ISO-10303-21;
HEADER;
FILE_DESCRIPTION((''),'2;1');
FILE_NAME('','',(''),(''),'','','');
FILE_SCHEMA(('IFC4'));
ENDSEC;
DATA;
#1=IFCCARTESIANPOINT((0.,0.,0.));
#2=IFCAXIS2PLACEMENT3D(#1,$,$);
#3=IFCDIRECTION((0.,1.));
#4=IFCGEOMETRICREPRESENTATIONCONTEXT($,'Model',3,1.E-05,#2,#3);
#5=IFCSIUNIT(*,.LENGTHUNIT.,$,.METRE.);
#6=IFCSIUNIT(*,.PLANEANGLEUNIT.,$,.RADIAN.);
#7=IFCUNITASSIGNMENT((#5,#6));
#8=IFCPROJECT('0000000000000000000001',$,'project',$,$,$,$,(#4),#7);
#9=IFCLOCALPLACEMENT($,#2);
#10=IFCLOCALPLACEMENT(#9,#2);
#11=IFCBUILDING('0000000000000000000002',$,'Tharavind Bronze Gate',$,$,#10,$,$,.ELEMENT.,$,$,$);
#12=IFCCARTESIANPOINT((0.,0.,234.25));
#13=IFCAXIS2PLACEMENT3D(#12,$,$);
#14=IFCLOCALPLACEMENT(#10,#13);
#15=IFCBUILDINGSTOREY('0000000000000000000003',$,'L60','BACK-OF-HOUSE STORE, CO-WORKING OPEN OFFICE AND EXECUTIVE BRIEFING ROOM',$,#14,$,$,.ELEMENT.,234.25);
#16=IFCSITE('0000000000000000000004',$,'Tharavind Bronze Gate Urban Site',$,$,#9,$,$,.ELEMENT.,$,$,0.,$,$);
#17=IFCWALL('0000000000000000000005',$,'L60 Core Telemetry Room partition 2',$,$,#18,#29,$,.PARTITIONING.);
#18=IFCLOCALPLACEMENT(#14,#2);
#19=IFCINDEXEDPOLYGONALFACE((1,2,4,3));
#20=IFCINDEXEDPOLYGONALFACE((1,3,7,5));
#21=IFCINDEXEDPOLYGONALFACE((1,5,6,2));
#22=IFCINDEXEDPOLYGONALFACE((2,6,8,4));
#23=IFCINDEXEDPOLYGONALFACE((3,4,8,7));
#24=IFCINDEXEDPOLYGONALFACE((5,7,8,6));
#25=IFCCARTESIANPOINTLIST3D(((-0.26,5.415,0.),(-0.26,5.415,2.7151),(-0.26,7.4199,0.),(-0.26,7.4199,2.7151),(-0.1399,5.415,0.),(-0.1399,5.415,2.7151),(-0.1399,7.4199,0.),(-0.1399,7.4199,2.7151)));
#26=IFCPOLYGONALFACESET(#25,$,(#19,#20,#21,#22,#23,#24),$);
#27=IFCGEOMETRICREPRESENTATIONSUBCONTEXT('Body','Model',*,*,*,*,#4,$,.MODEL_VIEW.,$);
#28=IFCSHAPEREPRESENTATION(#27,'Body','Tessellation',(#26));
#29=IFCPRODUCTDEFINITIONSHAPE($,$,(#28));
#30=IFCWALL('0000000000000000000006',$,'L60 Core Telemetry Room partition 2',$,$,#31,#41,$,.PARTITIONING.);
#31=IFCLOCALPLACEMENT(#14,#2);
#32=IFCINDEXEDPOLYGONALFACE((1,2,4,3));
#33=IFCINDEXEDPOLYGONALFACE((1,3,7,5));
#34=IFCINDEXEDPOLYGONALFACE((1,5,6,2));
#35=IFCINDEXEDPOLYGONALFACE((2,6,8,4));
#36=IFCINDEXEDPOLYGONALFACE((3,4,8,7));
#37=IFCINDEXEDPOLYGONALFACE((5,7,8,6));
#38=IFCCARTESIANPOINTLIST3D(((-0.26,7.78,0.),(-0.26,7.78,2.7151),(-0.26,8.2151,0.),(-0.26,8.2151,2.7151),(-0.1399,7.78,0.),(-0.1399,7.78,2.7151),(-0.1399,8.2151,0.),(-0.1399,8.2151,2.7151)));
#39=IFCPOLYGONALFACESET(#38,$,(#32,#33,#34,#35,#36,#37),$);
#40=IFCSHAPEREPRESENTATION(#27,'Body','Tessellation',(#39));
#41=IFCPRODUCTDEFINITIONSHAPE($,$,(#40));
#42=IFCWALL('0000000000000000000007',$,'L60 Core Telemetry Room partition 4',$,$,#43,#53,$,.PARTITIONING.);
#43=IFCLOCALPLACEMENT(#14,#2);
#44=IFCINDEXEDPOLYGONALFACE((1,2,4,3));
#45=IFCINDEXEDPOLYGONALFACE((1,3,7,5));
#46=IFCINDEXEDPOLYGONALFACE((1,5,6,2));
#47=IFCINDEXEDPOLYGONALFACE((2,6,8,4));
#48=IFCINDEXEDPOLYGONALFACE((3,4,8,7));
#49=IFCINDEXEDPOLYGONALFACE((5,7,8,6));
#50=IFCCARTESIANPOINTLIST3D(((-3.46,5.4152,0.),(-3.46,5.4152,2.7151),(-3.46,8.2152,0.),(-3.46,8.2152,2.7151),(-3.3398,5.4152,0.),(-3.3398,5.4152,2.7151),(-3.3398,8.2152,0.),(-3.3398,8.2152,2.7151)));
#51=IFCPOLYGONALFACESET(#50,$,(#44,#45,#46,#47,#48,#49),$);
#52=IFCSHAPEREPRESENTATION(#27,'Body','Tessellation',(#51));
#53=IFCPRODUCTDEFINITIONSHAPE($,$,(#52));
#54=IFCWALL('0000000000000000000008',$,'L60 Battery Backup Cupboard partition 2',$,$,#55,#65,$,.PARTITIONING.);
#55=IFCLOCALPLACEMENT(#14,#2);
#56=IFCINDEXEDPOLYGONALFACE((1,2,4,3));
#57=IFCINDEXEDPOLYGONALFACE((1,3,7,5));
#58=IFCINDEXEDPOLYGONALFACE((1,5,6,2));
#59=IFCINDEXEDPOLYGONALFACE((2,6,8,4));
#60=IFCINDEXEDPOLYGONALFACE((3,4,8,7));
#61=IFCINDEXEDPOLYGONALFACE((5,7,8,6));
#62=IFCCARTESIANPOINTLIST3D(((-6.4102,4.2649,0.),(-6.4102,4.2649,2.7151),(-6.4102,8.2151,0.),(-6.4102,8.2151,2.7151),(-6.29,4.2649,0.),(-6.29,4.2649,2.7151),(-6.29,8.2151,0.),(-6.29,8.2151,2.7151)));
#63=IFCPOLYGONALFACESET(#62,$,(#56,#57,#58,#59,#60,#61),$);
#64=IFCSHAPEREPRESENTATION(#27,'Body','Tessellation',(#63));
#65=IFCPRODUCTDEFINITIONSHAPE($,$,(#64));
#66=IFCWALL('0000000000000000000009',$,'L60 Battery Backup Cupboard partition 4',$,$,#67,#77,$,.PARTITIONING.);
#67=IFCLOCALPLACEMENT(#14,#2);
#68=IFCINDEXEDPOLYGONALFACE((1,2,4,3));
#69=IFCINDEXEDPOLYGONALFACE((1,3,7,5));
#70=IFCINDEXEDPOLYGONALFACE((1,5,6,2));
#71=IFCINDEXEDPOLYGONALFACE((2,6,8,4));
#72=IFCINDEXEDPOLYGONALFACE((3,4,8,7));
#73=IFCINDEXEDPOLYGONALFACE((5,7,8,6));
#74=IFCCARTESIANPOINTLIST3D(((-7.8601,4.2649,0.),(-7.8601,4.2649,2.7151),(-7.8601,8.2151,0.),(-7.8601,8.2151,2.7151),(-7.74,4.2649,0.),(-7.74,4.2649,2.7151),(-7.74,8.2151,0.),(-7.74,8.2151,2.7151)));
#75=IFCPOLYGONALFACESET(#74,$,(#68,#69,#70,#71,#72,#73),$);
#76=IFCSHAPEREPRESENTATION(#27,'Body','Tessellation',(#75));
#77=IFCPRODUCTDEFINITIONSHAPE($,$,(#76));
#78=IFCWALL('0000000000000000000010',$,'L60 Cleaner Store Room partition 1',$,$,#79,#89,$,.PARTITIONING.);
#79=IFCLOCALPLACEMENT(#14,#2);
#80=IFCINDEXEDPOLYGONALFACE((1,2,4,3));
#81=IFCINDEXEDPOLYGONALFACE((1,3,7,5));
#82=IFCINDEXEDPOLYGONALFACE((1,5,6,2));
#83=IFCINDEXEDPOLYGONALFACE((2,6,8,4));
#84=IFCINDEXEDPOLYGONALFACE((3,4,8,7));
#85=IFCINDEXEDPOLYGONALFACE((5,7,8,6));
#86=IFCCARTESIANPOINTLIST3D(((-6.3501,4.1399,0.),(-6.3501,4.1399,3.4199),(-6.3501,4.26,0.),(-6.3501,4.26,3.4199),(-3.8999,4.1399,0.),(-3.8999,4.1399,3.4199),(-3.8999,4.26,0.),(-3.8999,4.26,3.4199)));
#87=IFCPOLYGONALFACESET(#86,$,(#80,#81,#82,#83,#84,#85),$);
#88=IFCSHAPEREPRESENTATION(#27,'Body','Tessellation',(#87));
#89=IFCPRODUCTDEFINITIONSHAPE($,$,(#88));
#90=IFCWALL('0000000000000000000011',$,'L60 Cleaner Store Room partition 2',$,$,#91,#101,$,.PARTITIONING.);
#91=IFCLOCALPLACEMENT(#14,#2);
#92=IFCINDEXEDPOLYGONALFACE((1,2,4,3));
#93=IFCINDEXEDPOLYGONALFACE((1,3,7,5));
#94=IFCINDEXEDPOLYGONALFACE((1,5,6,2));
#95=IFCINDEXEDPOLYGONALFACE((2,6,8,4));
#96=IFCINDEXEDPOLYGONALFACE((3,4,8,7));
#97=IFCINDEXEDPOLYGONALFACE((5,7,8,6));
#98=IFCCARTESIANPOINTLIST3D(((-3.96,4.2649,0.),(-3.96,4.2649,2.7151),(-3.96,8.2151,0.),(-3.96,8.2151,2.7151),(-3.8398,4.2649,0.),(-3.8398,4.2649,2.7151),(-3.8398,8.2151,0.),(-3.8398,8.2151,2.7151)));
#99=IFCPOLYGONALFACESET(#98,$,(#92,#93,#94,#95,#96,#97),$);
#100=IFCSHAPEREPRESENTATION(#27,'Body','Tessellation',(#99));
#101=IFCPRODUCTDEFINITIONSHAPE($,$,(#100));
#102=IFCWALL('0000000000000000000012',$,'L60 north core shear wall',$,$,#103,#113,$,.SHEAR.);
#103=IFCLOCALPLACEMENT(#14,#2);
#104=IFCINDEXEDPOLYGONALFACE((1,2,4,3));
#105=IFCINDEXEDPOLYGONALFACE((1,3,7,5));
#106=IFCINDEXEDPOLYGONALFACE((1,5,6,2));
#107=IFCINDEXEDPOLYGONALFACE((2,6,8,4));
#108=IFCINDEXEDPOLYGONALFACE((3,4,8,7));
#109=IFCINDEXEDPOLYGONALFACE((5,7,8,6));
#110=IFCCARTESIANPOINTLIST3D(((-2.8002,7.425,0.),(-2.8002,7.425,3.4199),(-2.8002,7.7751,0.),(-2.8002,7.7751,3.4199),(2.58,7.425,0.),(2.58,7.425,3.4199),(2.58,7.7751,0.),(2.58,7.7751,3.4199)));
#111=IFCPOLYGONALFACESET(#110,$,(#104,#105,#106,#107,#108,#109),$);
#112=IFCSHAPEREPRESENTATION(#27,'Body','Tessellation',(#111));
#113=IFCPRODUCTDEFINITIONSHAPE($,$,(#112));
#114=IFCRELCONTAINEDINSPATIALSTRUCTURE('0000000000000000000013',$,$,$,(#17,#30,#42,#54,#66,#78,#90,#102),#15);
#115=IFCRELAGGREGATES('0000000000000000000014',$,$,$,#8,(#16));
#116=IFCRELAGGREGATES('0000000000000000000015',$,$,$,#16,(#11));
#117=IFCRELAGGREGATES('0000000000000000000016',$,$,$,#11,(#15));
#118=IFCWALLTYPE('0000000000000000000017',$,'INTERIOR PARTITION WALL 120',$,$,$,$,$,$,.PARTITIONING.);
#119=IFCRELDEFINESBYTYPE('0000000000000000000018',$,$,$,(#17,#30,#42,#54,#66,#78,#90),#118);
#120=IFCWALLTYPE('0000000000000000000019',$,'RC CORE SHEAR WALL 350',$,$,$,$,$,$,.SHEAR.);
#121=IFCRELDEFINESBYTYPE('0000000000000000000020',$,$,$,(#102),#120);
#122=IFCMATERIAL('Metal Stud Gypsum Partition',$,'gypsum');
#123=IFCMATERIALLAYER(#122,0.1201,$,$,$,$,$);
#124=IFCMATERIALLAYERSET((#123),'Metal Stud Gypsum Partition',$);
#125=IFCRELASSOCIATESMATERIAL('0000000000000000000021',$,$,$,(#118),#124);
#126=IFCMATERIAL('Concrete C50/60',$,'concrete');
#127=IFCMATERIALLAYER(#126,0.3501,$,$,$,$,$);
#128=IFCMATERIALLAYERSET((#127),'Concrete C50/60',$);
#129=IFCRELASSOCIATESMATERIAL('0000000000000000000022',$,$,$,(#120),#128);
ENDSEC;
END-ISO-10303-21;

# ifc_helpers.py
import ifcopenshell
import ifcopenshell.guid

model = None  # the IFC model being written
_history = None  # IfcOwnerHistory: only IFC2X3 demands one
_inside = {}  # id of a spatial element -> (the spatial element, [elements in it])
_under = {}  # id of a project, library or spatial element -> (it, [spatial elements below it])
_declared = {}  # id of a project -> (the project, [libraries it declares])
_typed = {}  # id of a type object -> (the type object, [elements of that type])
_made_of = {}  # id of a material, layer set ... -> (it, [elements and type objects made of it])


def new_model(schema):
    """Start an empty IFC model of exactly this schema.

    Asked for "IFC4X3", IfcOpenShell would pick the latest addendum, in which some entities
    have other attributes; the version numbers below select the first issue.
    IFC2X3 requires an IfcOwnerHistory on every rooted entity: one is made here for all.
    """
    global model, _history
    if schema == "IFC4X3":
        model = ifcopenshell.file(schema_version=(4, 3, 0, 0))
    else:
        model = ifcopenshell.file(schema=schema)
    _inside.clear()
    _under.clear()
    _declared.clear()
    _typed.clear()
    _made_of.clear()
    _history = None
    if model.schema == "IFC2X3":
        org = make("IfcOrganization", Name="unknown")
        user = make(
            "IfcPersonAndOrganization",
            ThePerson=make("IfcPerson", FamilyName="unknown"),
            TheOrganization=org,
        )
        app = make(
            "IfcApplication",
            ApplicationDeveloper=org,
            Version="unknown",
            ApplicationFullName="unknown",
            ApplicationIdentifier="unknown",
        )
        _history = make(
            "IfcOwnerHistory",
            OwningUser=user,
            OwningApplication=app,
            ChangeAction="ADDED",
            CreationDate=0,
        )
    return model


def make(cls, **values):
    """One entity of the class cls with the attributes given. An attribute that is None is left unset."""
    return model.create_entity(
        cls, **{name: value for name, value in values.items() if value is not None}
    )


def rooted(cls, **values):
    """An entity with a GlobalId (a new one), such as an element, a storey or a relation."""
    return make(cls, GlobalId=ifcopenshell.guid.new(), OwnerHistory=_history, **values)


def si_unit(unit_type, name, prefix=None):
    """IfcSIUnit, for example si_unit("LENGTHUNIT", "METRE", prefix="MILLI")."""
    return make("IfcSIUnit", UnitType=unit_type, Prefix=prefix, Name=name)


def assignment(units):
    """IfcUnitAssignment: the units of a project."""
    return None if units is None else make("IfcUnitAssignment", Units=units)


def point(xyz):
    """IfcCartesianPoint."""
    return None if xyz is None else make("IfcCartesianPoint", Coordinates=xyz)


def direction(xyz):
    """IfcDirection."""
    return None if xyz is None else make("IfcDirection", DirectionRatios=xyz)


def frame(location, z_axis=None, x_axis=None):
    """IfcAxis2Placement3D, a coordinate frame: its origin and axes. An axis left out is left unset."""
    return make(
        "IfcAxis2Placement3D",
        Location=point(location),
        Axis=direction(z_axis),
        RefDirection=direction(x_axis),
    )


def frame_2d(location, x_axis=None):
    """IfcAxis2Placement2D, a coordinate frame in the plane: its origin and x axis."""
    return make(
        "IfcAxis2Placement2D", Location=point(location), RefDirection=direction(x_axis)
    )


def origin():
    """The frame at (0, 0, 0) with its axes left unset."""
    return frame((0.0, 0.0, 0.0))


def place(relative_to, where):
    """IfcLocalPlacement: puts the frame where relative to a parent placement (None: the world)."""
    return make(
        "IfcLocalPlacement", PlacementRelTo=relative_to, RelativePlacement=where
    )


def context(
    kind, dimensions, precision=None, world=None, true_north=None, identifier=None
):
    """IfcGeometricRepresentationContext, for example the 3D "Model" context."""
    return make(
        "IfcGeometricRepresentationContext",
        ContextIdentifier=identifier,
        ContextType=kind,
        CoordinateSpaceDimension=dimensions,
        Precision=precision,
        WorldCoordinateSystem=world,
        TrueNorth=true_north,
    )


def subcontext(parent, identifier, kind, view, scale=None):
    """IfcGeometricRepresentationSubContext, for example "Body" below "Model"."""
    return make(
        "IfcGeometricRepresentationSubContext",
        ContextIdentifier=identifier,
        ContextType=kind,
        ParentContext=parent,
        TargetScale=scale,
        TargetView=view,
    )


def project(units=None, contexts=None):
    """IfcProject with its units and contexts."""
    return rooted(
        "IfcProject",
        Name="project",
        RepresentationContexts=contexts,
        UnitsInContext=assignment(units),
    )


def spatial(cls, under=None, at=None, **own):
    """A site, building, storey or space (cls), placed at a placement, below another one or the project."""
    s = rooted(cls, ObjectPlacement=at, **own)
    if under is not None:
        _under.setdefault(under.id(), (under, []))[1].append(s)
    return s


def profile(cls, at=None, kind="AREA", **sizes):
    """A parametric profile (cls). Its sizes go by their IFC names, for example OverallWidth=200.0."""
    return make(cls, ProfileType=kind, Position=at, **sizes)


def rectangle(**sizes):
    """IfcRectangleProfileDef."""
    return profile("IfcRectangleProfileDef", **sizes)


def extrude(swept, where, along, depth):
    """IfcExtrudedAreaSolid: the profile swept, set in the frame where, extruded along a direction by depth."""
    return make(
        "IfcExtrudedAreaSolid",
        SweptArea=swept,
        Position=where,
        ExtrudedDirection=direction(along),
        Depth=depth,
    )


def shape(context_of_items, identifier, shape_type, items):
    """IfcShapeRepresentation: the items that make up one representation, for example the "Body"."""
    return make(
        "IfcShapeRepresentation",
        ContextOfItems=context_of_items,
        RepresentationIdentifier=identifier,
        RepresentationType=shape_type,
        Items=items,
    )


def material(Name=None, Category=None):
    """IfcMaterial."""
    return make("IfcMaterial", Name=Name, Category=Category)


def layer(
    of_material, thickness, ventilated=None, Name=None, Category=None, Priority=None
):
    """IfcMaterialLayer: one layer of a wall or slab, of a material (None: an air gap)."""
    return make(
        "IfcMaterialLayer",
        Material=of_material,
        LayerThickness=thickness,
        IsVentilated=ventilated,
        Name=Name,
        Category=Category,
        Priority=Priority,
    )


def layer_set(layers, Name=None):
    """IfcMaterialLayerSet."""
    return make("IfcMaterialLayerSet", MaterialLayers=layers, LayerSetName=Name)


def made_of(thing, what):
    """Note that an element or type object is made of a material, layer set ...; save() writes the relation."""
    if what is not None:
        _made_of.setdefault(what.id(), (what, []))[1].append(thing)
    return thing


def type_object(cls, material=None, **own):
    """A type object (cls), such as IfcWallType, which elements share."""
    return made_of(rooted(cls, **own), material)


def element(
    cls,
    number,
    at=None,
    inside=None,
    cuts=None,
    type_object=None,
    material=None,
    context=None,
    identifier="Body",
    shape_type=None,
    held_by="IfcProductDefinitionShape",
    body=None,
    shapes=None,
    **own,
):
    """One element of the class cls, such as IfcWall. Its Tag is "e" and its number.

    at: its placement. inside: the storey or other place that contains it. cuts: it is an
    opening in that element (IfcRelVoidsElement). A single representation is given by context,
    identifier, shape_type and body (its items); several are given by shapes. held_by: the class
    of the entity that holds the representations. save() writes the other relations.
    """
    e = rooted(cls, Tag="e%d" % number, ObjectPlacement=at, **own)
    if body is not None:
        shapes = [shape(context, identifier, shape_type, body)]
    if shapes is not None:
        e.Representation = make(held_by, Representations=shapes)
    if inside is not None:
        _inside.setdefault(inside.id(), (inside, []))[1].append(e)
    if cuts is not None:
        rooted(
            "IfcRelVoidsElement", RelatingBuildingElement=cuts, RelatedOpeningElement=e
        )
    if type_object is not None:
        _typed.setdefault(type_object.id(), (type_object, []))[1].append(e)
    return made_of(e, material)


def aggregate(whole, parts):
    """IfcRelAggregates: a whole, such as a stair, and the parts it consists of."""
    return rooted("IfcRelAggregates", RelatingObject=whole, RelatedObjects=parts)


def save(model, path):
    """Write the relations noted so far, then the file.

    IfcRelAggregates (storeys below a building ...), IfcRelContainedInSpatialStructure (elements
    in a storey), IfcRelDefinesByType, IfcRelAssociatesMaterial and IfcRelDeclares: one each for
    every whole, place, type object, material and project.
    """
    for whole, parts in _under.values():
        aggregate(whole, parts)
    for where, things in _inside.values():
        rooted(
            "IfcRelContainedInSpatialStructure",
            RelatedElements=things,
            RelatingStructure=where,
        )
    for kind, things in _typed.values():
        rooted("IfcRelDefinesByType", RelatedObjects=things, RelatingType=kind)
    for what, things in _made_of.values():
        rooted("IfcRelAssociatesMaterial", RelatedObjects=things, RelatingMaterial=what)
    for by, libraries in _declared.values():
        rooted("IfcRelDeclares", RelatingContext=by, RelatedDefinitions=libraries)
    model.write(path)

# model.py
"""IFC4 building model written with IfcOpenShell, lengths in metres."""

from ifc_helpers import new_model, si_unit, direction, frame, frame_2d, origin, place, context, subcontext, project, spatial, rectangle, extrude, material, layer, layer_set, type_object, element, save


model = new_model("IFC4")

# Units and contexts
model_context = context("Model", 3, precision=1e-05, world=origin(), true_north=direction((0.0, 1.0)))
body_context = subcontext(model_context, "Body", "Model", "MODEL_VIEW")
ifc_project = project(units=[si_unit("LENGTHUNIT", "METRE"), si_unit("PLANEANGLEUNIT", "RADIAN")], contexts=[model_context])

# Site, building, storey
site_placement = place(None, origin())
site = spatial("IfcSite", under=ifc_project, at=site_placement, Name="Tharavind Bronze Gate Urban Site", CompositionType="ELEMENT", RefElevation=0.0)
building_placement = place(site_placement, origin())
building = spatial("IfcBuilding", under=site, at=building_placement, Name="Tharavind Bronze Gate", CompositionType="ELEMENT")
storey_placement = place(building_placement, frame((0.0, 0.0, 234.25)))
storey = spatial("IfcBuildingStorey", under=building, at=storey_placement, Name="L60", Description="BACK-OF-HOUSE STORE, CO-WORKING OPEN OFFICE AND EXECUTIVE BRIEFING ROOM", CompositionType="ELEMENT", Elevation=234.25)

# Walls
ifc_material_1 = material(Name="Metal Stud Gypsum Partition", Category="gypsum")
ifc_layer_1 = layer(ifc_material_1, 0.1201)
ifc_layer_set_1 = layer_set([ifc_layer_1], Name="Metal Stud Gypsum Partition")
wall_type_1 = type_object("IfcWallType", Name="INTERIOR PARTITION WALL 120", PredefinedType="PARTITIONING", material=ifc_layer_set_1)
wall_1_placement = place(storey_placement, frame((-0.2, 5.415, 0.0), z_axis=(0.0, 0.0, 1.0), x_axis=(0.0, 1.0, 0.0)))
element("IfcWall", 1, at=wall_1_placement, inside=storey, type_object=wall_type_1, Name="L60 Core Telemetry Room partition 2", PredefinedType="PARTITIONING", context=body_context, shape_type="SweptSolid", body=[
    extrude(rectangle(XDim=2.0049, YDim=0.1201, at=frame_2d((1.0024, 0.0))), origin(), (0.0, 0.0, 1.0), 2.7151),
])
wall_2_placement = place(storey_placement, frame((-0.2, 7.78, 0.0), z_axis=(0.0, 0.0, 1.0), x_axis=(0.0, 1.0, 0.0)))
element("IfcWall", 2, at=wall_2_placement, inside=storey, type_object=wall_type_1, Name="L60 Core Telemetry Room partition 2", PredefinedType="PARTITIONING", context=body_context, shape_type="SweptSolid", body=[
    extrude(rectangle(XDim=0.4351, YDim=0.1201, at=frame_2d((0.2175, 0.0))), origin(), (0.0, 0.0, 1.0), 2.7151),
])
wall_3_placement = place(storey_placement, frame((-3.3999, 8.2151, 0.0), z_axis=(0.0, 0.0, 1.0), x_axis=(0.0, -1.0, 0.0)))
element("IfcWall", 3, at=wall_3_placement, inside=storey, type_object=wall_type_1, Name="L60 Core Telemetry Room partition 4", PredefinedType="PARTITIONING", context=body_context, shape_type="SweptSolid", body=[
    extrude(rectangle(XDim=2.8, YDim=0.1201, at=frame_2d((1.3999, 0.0))), origin(), (0.0, 0.0, 1.0), 2.7151),
])
for number, where, z_axis, x_axis, name in (
    (4, (-6.3501, 4.2649, 0.0), (0.0, 0.0, 1.0), (0.0, 1.0, 0.0), "L60 Battery Backup Cupboard partition 2"),
    (5, (-7.8, 8.2151, 0.0), (0.0, 0.0, 1.0), (0.0, -1.0, 0.0), "L60 Battery Backup Cupboard partition 4"),
):
    element("IfcWall", number, at=place(storey_placement, frame(where, z_axis=z_axis, x_axis=x_axis)), inside=storey, type_object=wall_type_1, Name=name, PredefinedType="PARTITIONING", context=body_context, shape_type="SweptSolid", body=[
        extrude(rectangle(XDim=3.9502, YDim=0.1201, at=frame_2d((1.9751, 0.0))), origin(), (0.0, 0.0, 1.0), 2.7151),
    ])
wall_4_placement = place(storey_placement, frame((-6.3501, 4.2, 0.0), z_axis=(0.0, 0.0, 1.0), x_axis=(1.0, 0.0, 0.0)))
element("IfcWall", 6, at=wall_4_placement, inside=storey, type_object=wall_type_1, Name="L60 Cleaner Store Room partition 1", PredefinedType="PARTITIONING", context=body_context, shape_type="SweptSolid", body=[
    extrude(rectangle(XDim=2.4502, YDim=0.1201, at=frame_2d((1.2251, 0.0))), origin(), (0.0, 0.0, 1.0), 3.4199),
])
wall_5_placement = place(storey_placement, frame((-3.8999, 4.2649, 0.0), z_axis=(0.0, 0.0, 1.0), x_axis=(0.0, 1.0, 0.0)))
element("IfcWall", 7, at=wall_5_placement, inside=storey, type_object=wall_type_1, Name="L60 Cleaner Store Room partition 2", PredefinedType="PARTITIONING", context=body_context, shape_type="SweptSolid", body=[
    extrude(rectangle(XDim=3.9502, YDim=0.1201, at=frame_2d((1.9751, 0.0))), origin(), (0.0, 0.0, 1.0), 2.7151),
])
ifc_material_2 = material(Name="Concrete C50/60", Category="concrete")
ifc_layer_2 = layer(ifc_material_2, 0.3501)
ifc_layer_set_2 = layer_set([ifc_layer_2], Name="Concrete C50/60")
wall_type_2 = type_object("IfcWallType", Name="RC CORE SHEAR WALL 350", PredefinedType="SHEAR", material=ifc_layer_set_2)
wall_6_placement = place(storey_placement, frame((-2.8, 7.6001, 0.0), z_axis=(0.0, 0.0, 1.0), x_axis=(1.0, 0.0, 0.0)))
element("IfcWall", 8, at=wall_6_placement, inside=storey, type_object=wall_type_2, Name="L60 north core shear wall", PredefinedType="SHEAR", context=body_context, shape_type="SweptSolid", body=[
    extrude(rectangle(XDim=5.3801, YDim=0.3501, at=frame_2d((2.6899, 0.0))), origin(), (0.0, 0.0, 1.0), 3.4199),
])

save(model, "model.ifc")
